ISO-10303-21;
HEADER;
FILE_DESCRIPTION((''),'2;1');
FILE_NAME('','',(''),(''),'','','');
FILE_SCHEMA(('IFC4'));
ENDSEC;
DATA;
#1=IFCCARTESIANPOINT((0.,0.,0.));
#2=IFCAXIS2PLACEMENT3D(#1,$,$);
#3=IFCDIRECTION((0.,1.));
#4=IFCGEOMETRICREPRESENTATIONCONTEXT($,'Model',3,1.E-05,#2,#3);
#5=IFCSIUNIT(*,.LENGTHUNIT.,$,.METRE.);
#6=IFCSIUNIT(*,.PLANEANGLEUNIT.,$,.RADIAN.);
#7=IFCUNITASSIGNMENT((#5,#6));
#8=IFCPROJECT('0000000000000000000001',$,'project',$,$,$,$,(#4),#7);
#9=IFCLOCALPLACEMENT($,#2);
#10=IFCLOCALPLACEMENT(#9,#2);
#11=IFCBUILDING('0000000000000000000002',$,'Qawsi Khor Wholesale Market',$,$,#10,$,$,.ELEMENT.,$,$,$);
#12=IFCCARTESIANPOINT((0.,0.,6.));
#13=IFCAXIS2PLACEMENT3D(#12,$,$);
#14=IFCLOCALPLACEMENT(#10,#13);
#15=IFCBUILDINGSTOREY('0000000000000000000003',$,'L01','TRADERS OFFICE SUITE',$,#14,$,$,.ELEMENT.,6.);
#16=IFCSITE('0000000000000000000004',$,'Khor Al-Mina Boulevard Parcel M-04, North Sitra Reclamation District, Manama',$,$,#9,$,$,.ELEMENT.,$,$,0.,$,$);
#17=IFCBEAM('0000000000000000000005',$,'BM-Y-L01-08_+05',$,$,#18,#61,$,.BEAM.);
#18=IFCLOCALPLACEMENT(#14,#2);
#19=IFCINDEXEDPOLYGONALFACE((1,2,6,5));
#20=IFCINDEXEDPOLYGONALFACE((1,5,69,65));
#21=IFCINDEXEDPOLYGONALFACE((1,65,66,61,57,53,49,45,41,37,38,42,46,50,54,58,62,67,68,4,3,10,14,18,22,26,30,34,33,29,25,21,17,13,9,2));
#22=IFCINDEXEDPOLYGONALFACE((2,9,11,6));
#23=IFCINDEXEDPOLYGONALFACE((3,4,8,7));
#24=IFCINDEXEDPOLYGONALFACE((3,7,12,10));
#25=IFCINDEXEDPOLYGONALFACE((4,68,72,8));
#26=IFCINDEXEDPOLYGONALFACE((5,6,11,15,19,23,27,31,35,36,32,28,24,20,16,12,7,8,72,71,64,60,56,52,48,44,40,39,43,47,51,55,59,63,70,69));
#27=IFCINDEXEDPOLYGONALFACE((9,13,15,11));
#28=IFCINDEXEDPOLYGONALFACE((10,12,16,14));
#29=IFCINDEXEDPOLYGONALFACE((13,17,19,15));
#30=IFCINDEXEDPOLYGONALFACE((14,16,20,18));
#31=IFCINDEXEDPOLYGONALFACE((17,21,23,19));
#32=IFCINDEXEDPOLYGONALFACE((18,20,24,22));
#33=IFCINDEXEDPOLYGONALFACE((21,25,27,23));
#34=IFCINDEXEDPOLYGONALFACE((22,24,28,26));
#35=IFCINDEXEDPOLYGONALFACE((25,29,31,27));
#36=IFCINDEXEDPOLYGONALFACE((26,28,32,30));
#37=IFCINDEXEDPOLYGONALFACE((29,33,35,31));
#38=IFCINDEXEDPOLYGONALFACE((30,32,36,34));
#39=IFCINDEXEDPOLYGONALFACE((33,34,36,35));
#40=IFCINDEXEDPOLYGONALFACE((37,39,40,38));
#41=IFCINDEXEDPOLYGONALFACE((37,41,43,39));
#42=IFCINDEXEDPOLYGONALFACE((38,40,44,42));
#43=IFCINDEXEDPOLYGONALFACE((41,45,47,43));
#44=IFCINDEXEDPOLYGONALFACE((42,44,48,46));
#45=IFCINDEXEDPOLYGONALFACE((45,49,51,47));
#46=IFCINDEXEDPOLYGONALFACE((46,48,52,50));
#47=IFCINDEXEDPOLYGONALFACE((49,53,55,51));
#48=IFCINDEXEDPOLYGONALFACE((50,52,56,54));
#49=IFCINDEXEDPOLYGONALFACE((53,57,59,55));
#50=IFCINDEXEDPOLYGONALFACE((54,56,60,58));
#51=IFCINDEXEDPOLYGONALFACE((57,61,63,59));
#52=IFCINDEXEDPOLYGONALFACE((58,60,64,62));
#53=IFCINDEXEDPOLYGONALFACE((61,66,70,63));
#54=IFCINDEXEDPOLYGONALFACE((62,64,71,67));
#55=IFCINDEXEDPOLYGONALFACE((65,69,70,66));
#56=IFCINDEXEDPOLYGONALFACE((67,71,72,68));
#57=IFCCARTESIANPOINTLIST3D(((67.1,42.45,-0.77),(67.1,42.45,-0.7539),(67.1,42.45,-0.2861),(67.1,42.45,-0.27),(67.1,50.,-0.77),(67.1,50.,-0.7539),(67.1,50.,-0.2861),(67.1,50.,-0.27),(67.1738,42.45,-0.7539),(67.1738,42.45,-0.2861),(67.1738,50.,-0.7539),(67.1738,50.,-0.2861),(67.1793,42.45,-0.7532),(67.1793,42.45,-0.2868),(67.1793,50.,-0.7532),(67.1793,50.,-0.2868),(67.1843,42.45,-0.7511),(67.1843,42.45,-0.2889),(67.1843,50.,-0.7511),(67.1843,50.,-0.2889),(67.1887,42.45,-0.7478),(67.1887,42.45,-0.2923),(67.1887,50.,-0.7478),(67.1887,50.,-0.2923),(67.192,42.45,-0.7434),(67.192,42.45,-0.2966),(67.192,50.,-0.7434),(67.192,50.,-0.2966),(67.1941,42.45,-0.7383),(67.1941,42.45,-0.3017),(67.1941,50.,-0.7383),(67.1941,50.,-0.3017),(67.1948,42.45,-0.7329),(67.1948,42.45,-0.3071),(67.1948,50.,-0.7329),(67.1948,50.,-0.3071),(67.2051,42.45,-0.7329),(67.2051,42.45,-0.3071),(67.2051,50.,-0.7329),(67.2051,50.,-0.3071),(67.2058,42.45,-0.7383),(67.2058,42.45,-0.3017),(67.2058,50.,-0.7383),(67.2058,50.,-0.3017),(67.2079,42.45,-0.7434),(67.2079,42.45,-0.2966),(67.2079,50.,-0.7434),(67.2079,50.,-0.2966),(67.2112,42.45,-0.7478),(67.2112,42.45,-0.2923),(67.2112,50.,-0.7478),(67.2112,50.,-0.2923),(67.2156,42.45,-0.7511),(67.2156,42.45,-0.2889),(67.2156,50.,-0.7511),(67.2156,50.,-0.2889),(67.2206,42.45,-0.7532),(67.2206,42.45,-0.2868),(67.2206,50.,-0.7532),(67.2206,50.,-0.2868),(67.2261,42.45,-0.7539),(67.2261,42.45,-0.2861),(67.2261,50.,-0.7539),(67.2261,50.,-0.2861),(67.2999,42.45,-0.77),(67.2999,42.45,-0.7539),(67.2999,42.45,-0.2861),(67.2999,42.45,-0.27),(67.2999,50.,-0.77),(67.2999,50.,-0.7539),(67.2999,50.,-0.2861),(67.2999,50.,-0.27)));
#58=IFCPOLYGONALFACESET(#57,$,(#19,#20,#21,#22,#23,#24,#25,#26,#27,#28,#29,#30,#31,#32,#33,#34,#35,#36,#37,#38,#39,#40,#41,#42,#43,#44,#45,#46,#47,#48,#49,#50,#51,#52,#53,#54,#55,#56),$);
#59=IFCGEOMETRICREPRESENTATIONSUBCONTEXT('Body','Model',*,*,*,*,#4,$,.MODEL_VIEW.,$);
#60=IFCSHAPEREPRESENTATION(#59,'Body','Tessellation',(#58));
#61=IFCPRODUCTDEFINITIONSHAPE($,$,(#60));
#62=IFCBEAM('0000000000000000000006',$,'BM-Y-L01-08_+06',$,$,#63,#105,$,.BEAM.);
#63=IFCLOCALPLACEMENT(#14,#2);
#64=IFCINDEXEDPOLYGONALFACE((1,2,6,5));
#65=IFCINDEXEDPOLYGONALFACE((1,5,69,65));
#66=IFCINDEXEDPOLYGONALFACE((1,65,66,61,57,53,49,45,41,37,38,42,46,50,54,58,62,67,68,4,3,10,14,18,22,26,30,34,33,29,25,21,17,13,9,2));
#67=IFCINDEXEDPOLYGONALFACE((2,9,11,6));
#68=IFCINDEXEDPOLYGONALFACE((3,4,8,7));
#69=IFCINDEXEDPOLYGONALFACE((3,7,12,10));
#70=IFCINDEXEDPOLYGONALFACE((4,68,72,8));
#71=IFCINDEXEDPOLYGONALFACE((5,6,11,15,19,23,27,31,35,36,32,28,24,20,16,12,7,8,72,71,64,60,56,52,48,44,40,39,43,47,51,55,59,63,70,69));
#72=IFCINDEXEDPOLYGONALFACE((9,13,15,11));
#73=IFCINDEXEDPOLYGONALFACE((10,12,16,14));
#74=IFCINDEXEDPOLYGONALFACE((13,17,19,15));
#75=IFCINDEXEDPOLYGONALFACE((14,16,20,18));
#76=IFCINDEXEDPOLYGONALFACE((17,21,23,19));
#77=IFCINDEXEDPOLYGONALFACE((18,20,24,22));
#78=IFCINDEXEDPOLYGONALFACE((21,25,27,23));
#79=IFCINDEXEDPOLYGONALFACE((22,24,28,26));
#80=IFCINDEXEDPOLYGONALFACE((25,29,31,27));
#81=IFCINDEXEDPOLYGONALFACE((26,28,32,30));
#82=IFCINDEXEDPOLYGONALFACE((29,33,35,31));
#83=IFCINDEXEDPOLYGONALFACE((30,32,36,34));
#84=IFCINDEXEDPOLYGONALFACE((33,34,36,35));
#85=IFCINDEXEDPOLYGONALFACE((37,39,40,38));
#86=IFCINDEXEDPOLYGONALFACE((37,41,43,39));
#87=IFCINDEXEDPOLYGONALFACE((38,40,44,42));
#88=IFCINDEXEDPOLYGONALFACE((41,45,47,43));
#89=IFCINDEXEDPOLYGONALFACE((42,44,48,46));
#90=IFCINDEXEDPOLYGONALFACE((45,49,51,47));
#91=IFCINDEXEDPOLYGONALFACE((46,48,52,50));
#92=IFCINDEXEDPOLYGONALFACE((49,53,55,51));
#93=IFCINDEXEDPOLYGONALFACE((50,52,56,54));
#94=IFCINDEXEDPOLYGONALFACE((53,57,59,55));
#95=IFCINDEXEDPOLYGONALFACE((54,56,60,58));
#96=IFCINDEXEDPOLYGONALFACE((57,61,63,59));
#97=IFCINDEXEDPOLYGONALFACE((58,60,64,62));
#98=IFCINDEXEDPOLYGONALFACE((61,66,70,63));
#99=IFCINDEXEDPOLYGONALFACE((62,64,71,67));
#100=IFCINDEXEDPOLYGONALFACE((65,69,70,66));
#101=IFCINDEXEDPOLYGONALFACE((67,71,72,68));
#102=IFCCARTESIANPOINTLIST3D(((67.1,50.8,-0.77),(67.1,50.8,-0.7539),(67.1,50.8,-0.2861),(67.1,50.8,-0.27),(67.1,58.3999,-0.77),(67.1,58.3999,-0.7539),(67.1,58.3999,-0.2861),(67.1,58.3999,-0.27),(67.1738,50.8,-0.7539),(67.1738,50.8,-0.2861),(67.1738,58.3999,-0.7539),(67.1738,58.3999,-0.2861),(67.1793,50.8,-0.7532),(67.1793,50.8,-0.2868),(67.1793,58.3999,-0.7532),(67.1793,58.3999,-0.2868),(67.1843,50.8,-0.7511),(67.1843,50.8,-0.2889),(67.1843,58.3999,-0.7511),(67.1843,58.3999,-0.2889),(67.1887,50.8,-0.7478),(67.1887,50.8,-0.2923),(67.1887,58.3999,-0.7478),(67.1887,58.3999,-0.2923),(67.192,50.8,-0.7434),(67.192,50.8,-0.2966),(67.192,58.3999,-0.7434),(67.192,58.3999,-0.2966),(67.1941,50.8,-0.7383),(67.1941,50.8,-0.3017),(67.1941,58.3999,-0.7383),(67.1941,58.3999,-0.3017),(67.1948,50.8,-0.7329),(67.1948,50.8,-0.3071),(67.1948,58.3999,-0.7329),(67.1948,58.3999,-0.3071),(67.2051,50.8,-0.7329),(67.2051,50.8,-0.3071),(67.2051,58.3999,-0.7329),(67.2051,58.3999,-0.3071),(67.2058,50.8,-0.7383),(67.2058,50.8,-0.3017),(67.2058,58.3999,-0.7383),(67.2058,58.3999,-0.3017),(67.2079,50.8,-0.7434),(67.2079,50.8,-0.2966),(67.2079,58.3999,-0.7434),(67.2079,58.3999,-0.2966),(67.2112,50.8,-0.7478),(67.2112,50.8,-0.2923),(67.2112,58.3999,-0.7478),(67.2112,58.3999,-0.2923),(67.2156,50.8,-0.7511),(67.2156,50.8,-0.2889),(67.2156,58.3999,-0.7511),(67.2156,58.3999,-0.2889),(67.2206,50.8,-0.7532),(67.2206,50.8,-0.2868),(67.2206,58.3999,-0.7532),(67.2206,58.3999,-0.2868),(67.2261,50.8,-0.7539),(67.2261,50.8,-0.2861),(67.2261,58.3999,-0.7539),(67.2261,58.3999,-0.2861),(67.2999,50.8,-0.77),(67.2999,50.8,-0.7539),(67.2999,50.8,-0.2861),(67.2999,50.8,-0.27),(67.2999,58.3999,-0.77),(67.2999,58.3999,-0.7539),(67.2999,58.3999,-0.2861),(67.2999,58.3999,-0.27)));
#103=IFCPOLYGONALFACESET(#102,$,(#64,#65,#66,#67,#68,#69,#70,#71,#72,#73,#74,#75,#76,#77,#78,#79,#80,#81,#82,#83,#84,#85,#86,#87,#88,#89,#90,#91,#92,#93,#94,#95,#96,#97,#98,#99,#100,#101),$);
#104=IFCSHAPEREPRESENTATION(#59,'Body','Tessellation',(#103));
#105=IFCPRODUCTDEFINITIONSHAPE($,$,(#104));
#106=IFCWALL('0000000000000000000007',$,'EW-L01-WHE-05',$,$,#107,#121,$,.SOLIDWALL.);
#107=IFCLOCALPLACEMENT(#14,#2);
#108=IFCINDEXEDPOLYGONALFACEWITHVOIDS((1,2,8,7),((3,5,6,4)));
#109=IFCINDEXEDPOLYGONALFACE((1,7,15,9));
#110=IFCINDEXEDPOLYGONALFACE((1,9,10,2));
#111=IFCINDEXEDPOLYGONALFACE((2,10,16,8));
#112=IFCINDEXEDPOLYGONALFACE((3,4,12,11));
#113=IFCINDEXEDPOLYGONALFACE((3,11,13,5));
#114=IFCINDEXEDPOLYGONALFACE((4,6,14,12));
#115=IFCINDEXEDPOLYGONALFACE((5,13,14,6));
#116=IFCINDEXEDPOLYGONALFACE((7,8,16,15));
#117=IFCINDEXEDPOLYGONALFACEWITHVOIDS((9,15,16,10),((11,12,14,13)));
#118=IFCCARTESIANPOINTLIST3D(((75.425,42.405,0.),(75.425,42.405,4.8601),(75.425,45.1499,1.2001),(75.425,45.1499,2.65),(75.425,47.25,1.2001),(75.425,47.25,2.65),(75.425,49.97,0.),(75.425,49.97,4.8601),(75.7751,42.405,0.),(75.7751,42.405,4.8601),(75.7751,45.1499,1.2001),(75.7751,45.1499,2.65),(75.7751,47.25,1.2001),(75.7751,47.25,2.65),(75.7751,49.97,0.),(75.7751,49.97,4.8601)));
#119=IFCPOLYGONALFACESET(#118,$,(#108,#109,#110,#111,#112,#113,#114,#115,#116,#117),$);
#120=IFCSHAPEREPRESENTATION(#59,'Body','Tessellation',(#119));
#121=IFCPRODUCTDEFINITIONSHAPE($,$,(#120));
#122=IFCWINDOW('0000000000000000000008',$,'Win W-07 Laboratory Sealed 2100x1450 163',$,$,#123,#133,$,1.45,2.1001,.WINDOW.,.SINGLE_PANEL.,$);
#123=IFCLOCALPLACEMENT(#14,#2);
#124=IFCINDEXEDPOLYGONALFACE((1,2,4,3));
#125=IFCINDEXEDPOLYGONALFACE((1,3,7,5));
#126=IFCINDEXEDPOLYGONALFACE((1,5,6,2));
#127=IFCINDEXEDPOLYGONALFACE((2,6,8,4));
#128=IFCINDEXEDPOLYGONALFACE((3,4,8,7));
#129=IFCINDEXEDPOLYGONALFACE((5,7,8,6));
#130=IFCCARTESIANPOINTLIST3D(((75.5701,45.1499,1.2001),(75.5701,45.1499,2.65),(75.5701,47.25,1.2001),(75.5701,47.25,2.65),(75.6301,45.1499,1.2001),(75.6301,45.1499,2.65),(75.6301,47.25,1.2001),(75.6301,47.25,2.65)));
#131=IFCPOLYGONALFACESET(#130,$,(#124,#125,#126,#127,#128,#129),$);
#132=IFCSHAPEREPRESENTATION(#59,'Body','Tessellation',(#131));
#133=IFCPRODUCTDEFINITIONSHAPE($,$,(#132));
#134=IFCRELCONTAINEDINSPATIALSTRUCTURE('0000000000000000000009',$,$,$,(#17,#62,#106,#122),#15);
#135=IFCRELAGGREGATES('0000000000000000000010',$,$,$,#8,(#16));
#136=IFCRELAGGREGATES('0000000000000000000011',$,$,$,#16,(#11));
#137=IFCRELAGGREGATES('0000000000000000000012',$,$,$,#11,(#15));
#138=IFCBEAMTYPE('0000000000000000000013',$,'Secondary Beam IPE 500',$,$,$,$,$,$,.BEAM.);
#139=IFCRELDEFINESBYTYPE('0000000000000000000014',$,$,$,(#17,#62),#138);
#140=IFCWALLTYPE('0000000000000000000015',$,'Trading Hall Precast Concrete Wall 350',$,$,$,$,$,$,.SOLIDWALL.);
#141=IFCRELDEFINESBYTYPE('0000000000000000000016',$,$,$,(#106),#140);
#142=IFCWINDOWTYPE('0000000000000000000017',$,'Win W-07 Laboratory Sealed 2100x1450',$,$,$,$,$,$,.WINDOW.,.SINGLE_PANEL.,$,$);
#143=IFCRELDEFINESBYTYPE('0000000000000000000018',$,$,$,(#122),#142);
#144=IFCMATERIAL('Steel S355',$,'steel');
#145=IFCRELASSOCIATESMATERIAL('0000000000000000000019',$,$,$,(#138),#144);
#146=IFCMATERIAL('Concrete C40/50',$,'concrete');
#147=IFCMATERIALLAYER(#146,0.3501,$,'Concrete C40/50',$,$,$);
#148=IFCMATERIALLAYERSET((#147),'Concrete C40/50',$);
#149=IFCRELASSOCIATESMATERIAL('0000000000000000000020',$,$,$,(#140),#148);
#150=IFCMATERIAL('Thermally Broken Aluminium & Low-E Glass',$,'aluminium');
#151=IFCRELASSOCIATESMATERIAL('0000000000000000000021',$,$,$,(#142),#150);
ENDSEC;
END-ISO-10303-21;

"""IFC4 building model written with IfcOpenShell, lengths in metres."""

from ifc_helpers import new_model, si_unit, direction, frame, frame_2d, origin, origin_2d, place, context, subcontext, project, spatial, rectangle, i_section, extrude, material, layer, layer_set, material_profile, profile_set, type_object, element, fill, save


model = new_model("IFC4")

# Units and contexts
model_context = context("Model", 3, precision=1e-05, world=origin(), true_north=direction((0.0, 1.0)))
body_context = subcontext(model_context, "Body", "Model", "MODEL_VIEW")
ifc_project = project(units=[si_unit("LENGTHUNIT", "METRE"), si_unit("PLANEANGLEUNIT", "RADIAN")], contexts=[model_context])

# Site, building, storey
site_placement = place(None, origin())
site = spatial("IfcSite", under=ifc_project, at=site_placement, Name="Khor Al-Mina Boulevard Parcel M-04, North Sitra Reclamation District, Manama", CompositionType="ELEMENT", RefElevation=0.0)
building_placement = place(site_placement, origin())
building = spatial("IfcBuilding", under=site, at=building_placement, Name="Qawsi Khor Wholesale Market", CompositionType="ELEMENT")
storey_placement = place(building_placement, frame((0.0, 0.0, 6.0)))
storey = spatial("IfcBuildingStorey", under=building, at=storey_placement, Name="L01", Description="TRADERS OFFICE SUITE", CompositionType="ELEMENT", Elevation=6.0)

# Shared definitions
ifc_material_1 = material(Name="Concrete C40/50", Category="concrete")

# Beams
ifc_material_2 = material(Name="Steel S355", Category="steel")
ifc_material_profile_1 = material_profile(ifc_material_2, i_section(OverallWidth=0.2, OverallDepth=0.5, WebThickness=0.0103, FlangeThickness=0.0161, FilletRadius=0.021, at=origin_2d()), Name="IPE 500")
ifc_profile_set_1 = profile_set([ifc_material_profile_1], Name="Steel S355")
beam_type_1 = type_object("IfcBeamType", Name="Secondary Beam IPE 500", PredefinedType="BEAM", material=ifc_profile_set_1)
beam_1_placement = place(storey_placement, frame((67.2, 42.45, -0.52), z_axis=(0.0, 1.0, 0.0), x_axis=(-1.0, 0.0, 0.0)))
element("IfcBeam", 1, at=beam_1_placement, inside=storey, type_object=beam_type_1, Name="BM-Y-L01-08_+05", PredefinedType="BEAM", context=body_context, shape_type="SweptSolid", body=[
    extrude(i_section(OverallWidth=0.2, OverallDepth=0.5, WebThickness=0.0103, FlangeThickness=0.0161, FilletRadius=0.021, at=origin_2d()), origin(), (0.0, 0.0, 1.0), 7.55),
])
beam_2_placement = place(storey_placement, frame((67.2, 50.8, -0.52), z_axis=(0.0, 1.0, 0.0), x_axis=(-1.0, 0.0, 0.0)))
element("IfcBeam", 2, at=beam_2_placement, inside=storey, type_object=beam_type_1, Name="BM-Y-L01-08_+06", PredefinedType="BEAM", context=body_context, shape_type="SweptSolid", body=[
    extrude(i_section(OverallWidth=0.2, OverallDepth=0.5, WebThickness=0.0103, FlangeThickness=0.0161, FilletRadius=0.021, at=origin_2d()), origin(), (0.0, 0.0, 1.0), 7.5999),
])

# Wall, opening, window
ifc_layer_1 = layer(ifc_material_1, 0.3501, Name="Concrete C40/50")
ifc_layer_set_1 = layer_set([ifc_layer_1], Name="Concrete C40/50")
wall_type = type_object("IfcWallType", Name="Trading Hall Precast Concrete Wall 350", PredefinedType="SOLIDWALL", material=ifc_layer_set_1)
wall_placement = place(storey_placement, frame((75.6001, 49.97, 0.0), z_axis=(0.0, 0.0, 1.0), x_axis=(0.0, -1.0, 0.0)))
wall = element("IfcWall", 3, at=wall_placement, inside=storey, type_object=wall_type, Name="EW-L01-WHE-05", PredefinedType="SOLIDWALL", context=body_context, shape_type="SweptSolid", body=[
    extrude(rectangle(XDim=7.5649, YDim=0.3501, at=frame_2d((3.7825, 0.0))), origin(), (0.0, 0.0, 1.0), 4.8601),
])
opening_placement = place(wall_placement, frame((2.72, 0.0, 1.2)))
opening = element("IfcOpeningElement", 4, at=opening_placement, cuts=wall, PredefinedType="OPENING", context=body_context, shape_type="SweptSolid", body=[
    extrude(rectangle(XDim=2.1001, YDim=1.45, at=frame_2d((1.05, 0.7251))), frame((0.0, 0.1851, 0.0), z_axis=(0.0, -1.0, 0.0), x_axis=(1.0, 0.0, 0.0)), (0.0, 0.0, 1.0), 0.3701),
])
ifc_material_3 = material(Name="Thermally Broken Aluminium & Low-E Glass", Category="aluminium")
window_type = type_object("IfcWindowType", Name="Win W-07 Laboratory Sealed 2100x1450", PartitioningType="SINGLE_PANEL", PredefinedType="WINDOW", material=ifc_material_3)
window_placement = place(opening_placement, origin())
window = element("IfcWindow", 5, at=window_placement, inside=storey, type_object=window_type, Name="Win W-07 Laboratory Sealed 2100x1450 163", OverallHeight=1.45, OverallWidth=2.1001, PartitioningType="SINGLE_PANEL", PredefinedType="WINDOW", context=body_context, shape_type="SweptSolid", body=[
    extrude(rectangle(XDim=2.1001, YDim=1.45, at=frame_2d((1.05, 0.7251))), frame((0.0, 0.03, 0.0), z_axis=(0.0, -1.0, 0.0), x_axis=(1.0, 0.0, 0.0)), (0.0, 0.0, 1.0), 0.0601),
])
fill(opening, window)

save(model, "model.ifc")
